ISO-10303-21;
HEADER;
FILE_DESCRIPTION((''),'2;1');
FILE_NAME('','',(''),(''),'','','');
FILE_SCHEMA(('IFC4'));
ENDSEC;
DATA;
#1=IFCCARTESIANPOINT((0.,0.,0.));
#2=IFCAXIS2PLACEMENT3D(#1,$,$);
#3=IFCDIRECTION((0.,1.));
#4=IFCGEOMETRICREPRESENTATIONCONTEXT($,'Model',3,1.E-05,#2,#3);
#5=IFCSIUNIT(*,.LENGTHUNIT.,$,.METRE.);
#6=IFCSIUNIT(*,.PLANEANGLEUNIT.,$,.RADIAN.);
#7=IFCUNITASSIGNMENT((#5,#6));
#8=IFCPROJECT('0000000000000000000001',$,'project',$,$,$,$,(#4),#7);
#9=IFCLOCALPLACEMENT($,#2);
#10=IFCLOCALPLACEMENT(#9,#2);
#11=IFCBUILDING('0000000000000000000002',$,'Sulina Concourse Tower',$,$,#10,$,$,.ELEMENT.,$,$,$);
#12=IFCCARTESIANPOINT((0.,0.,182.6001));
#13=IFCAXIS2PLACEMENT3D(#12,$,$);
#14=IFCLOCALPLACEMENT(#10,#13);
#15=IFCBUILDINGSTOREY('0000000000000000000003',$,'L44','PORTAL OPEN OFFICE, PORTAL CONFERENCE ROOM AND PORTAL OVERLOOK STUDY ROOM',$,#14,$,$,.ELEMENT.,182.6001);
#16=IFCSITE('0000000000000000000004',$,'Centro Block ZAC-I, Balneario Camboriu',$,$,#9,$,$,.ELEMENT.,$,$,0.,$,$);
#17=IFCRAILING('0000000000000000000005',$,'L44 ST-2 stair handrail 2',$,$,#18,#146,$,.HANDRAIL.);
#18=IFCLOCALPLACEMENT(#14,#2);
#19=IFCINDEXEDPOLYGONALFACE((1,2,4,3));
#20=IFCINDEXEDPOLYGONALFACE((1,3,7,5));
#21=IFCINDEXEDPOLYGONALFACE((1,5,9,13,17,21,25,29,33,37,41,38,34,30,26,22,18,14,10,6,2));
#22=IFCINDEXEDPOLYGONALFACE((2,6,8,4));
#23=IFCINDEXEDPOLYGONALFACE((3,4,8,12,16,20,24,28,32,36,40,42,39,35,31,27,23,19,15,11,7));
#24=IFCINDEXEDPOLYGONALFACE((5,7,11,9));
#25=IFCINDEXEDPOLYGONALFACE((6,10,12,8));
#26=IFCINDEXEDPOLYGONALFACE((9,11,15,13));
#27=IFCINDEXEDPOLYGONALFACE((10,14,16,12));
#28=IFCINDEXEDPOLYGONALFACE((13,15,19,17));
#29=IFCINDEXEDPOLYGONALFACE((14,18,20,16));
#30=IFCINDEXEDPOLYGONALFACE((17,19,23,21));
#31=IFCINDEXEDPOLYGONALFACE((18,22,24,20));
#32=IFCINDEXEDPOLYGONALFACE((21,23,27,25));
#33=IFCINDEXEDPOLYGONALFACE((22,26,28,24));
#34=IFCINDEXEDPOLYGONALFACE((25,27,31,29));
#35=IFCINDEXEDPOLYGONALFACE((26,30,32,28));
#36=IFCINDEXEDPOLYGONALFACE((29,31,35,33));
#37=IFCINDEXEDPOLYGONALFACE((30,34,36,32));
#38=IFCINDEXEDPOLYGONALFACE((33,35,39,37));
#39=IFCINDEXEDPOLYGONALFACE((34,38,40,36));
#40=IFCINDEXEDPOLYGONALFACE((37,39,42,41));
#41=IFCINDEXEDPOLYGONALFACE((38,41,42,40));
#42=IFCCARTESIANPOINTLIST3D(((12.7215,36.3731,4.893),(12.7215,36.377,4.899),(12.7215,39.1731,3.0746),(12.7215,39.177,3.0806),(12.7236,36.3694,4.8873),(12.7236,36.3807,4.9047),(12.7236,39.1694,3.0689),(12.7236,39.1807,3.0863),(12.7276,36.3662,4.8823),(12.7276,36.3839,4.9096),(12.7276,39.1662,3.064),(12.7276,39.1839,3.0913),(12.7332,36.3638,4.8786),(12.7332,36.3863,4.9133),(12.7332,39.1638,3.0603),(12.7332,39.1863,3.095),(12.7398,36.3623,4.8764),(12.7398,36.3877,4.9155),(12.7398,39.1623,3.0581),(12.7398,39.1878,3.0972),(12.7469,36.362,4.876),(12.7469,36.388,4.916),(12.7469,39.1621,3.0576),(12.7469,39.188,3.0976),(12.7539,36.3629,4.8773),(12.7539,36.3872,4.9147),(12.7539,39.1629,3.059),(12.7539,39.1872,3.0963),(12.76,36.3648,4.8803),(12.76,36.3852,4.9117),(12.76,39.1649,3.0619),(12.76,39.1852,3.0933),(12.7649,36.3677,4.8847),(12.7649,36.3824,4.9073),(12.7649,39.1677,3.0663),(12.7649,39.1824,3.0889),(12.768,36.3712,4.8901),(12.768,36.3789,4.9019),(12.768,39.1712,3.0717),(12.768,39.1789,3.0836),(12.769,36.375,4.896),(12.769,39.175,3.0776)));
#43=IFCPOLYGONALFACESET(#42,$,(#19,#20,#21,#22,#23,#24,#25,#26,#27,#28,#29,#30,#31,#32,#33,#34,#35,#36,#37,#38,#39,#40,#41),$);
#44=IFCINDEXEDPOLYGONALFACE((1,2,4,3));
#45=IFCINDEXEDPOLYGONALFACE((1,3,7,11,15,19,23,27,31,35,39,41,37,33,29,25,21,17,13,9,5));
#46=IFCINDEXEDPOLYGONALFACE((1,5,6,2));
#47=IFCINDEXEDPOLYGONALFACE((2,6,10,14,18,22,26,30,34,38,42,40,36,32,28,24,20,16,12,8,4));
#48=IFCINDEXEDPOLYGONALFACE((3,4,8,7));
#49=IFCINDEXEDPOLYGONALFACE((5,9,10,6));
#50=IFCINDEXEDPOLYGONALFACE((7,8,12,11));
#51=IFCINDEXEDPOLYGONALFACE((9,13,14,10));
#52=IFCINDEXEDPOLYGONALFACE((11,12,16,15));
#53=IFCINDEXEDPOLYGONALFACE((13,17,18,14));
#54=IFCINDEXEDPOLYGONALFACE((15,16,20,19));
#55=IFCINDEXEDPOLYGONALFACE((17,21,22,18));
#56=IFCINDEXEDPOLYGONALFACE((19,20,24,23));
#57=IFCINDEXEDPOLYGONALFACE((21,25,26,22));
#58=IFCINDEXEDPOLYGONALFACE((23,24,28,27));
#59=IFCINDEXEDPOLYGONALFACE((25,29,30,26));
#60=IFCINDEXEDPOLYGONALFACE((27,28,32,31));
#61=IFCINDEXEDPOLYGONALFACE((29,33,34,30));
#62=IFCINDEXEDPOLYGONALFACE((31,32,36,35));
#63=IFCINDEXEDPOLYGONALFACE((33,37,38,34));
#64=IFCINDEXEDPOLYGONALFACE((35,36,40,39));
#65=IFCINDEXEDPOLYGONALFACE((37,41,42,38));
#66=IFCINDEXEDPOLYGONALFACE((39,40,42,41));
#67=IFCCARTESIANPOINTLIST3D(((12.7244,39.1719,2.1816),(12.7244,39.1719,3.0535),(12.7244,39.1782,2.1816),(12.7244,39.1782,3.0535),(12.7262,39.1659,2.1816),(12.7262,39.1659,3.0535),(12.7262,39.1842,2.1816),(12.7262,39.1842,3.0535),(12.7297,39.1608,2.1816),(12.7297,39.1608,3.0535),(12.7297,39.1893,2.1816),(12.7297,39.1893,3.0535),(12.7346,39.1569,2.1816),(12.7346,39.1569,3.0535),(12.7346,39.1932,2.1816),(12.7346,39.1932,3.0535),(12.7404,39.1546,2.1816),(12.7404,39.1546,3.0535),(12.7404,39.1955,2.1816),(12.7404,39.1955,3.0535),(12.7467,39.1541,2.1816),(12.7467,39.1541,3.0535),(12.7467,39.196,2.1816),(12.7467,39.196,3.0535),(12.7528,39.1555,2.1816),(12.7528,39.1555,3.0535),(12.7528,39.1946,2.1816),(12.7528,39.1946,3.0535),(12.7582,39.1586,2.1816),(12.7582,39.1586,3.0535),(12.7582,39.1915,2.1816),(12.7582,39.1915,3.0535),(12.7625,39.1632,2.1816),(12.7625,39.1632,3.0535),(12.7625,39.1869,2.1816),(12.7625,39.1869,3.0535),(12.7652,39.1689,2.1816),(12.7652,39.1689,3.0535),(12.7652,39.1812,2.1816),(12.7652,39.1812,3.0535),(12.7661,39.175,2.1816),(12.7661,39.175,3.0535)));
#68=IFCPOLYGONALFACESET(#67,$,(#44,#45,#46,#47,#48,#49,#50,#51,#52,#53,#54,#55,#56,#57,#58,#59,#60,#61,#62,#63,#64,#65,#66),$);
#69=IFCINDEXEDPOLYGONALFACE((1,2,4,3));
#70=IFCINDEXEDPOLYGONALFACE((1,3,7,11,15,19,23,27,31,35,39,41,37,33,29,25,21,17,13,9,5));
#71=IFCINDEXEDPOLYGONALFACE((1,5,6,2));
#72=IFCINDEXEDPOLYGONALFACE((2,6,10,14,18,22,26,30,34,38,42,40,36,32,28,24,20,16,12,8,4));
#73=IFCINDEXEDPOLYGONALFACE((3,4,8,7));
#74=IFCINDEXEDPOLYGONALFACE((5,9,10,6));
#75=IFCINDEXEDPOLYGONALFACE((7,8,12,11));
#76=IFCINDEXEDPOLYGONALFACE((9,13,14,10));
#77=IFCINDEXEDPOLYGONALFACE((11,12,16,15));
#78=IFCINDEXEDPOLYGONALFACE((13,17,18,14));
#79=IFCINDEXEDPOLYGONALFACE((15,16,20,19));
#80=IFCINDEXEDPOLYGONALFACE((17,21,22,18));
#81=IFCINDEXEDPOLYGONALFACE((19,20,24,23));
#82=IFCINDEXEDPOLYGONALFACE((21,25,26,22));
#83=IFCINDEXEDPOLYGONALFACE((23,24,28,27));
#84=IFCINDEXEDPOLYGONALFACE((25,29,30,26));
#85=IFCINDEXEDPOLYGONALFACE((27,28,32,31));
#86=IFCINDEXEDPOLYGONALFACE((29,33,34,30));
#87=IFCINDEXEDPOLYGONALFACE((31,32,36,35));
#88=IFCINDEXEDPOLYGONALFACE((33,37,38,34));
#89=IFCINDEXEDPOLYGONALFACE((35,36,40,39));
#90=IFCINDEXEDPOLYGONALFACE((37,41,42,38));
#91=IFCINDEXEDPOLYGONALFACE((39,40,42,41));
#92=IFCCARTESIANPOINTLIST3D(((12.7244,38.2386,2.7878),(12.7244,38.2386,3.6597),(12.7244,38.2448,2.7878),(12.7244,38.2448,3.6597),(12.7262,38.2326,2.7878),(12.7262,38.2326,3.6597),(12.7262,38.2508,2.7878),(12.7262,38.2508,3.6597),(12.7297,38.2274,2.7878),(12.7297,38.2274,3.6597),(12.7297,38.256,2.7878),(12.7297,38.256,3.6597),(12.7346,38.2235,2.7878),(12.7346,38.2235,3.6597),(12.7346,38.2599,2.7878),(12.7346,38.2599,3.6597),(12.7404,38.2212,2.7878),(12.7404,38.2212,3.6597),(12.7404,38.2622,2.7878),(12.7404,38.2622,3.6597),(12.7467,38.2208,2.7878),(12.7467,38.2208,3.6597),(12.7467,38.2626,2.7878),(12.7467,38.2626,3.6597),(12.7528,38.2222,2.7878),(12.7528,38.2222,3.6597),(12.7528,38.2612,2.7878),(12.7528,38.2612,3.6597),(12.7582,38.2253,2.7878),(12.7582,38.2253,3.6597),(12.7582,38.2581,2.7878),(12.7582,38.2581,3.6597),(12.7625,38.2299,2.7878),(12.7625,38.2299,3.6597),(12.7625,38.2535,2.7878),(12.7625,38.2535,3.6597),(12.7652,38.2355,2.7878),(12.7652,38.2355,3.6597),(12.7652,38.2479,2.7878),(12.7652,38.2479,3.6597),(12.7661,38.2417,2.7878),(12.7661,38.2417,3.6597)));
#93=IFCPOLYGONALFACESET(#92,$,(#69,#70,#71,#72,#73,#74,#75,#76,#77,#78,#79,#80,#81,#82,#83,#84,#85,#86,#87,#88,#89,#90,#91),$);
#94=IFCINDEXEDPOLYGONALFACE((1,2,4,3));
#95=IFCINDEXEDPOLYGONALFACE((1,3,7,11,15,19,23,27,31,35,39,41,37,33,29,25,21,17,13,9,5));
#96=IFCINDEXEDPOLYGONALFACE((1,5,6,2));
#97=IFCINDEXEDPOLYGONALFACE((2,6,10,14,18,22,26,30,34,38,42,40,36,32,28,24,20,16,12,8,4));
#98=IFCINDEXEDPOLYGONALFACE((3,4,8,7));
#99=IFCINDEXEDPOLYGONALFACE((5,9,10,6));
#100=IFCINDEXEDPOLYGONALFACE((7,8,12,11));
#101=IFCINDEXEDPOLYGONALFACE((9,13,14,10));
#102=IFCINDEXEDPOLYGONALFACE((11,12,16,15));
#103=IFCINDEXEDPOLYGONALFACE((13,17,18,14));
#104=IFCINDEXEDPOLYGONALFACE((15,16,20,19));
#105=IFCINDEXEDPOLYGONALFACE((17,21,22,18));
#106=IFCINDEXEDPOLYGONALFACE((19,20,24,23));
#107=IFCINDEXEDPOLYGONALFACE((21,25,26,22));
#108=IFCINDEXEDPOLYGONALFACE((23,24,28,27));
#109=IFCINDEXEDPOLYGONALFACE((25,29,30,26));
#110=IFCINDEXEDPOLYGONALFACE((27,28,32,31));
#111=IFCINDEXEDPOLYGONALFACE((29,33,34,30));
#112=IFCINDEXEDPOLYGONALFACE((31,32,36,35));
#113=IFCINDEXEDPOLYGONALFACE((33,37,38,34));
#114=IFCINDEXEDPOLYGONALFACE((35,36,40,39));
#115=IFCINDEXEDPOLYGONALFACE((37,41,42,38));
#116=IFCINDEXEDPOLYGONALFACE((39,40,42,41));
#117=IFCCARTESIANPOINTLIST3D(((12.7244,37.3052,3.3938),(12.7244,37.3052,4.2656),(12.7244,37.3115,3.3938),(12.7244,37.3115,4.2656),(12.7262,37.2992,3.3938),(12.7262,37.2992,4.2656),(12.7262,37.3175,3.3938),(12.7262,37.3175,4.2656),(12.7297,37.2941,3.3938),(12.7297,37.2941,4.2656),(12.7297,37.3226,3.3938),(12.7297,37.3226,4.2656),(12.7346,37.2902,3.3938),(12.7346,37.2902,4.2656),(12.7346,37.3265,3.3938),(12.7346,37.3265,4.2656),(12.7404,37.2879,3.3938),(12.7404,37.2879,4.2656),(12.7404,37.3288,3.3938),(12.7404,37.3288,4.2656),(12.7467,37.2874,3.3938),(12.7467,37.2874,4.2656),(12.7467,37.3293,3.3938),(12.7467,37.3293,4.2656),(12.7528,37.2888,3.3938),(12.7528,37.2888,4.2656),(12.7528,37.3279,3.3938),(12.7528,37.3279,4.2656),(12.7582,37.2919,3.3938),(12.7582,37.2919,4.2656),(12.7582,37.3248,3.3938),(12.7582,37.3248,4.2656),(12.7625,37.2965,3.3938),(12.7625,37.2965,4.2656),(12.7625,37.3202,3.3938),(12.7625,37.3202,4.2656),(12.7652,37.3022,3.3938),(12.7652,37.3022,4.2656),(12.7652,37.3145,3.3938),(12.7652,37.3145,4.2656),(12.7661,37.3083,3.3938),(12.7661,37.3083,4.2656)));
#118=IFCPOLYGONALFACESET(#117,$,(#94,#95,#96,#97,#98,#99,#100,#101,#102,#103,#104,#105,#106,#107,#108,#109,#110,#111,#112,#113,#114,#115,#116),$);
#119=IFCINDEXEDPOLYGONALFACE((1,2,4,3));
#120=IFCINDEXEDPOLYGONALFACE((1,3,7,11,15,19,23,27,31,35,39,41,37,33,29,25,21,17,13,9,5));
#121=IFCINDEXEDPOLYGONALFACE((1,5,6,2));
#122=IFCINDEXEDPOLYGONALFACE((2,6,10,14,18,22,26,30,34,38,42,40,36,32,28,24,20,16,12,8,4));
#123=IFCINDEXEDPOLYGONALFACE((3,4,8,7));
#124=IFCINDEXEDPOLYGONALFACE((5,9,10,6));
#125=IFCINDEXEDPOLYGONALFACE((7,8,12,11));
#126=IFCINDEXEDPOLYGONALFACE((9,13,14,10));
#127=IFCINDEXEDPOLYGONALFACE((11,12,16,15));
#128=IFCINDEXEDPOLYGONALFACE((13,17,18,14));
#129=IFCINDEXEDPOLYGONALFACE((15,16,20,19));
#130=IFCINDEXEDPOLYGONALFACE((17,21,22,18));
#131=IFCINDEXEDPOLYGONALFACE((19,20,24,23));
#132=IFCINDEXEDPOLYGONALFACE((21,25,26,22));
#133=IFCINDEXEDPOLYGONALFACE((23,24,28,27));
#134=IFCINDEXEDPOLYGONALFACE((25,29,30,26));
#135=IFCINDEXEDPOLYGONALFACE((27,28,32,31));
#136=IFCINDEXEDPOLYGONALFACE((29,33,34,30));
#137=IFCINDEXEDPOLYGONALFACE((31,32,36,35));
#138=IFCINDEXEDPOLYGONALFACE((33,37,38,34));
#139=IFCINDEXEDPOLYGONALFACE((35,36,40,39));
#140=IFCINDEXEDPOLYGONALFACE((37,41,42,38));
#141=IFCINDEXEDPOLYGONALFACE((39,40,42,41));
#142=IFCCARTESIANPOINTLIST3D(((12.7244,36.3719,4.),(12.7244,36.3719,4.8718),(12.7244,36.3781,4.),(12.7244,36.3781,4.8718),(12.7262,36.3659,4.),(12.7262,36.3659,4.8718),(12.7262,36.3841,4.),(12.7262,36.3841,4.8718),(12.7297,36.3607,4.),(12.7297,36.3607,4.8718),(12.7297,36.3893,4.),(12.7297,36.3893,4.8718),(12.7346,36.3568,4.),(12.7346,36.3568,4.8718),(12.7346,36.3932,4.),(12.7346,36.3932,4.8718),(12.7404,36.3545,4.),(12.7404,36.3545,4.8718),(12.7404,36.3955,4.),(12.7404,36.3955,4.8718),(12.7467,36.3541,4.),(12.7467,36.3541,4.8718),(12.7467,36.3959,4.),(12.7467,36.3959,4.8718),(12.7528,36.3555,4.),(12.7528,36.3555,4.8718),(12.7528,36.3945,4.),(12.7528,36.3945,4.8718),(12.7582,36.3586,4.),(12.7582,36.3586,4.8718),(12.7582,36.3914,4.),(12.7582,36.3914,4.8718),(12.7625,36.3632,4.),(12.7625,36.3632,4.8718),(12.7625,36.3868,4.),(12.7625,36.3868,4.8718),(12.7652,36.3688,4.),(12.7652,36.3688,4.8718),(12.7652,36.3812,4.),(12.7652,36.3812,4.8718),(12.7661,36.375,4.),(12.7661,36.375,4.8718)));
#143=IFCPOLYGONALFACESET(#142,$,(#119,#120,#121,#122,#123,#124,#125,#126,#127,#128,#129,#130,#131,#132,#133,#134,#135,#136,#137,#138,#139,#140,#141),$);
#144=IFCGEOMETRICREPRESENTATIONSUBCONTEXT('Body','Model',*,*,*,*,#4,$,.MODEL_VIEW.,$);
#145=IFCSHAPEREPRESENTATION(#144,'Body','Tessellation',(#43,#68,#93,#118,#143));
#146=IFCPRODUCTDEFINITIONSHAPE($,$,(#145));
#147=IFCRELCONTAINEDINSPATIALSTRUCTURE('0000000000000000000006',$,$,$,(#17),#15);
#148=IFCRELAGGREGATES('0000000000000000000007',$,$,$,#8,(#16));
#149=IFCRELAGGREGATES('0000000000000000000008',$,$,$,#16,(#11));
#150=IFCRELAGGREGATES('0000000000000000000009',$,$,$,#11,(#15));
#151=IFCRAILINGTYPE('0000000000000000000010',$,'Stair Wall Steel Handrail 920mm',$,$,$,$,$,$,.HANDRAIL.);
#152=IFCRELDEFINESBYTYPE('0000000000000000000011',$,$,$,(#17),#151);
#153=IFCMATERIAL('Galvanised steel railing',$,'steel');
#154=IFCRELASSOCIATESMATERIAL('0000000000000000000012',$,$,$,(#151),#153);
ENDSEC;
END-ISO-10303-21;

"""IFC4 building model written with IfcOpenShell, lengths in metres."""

from ifc_helpers import new_model, si_unit, direction, frame, origin, origin_2d, place, context, subcontext, project, spatial, circle, extrude, material, type_object, element, save


model = new_model("IFC4")

# Units and contexts
model_context = context("Model", 3, precision=1e-05, world=origin(), true_north=direction((0.0, 1.0)))
body_context = subcontext(model_context, "Body", "Model", "MODEL_VIEW")
ifc_project = project(units=[si_unit("LENGTHUNIT", "METRE"), si_unit("PLANEANGLEUNIT", "RADIAN")], contexts=[model_context])

# Site, building, storey
site_placement = place(None, origin())
site = spatial("IfcSite", under=ifc_project, at=site_placement, Name="Centro Block ZAC-I, Balneario Camboriu", CompositionType="ELEMENT", RefElevation=0.0)
building_placement = place(site_placement, origin())
building = spatial("IfcBuilding", under=site, at=building_placement, Name="Sulina Concourse Tower", CompositionType="ELEMENT")
storey_placement = place(building_placement, frame((0.0, 0.0, 182.6001)))
storey = spatial("IfcBuildingStorey", under=building, at=storey_placement, Name="L44", Description="PORTAL OPEN OFFICE, PORTAL CONFERENCE ROOM AND PORTAL OVERLOOK STUDY ROOM", CompositionType="ELEMENT", Elevation=182.6001)

# Railing
ifc_material_1 = material(Name="Galvanised steel railing", Category="steel")
railing_type_1 = type_object("IfcRailingType", Name="Stair Wall Steel Handrail 920mm", PredefinedType="HANDRAIL", material=ifc_material_1)
railing_1_placement = place(storey_placement, frame((12.7451, 39.175, 2.1816)))
element("IfcRailing", 1, at=railing_1_placement, inside=storey, type_object=railing_type_1, Name="L44 ST-2 stair handrail 2", PredefinedType="HANDRAIL", context=body_context, shape_type="SweptSolid", body=[
    extrude(circle(Radius=0.0239, at=origin_2d()), frame((0.0, 0.0, 0.896), z_axis=(0.0, -0.838672, 0.544636), x_axis=(1.0, 0.0, 0.0)), (0.0, 0.0, 1.0), 3.3386),
    extrude(circle(Radius=0.021, at=origin_2d()), origin(), (0.0, 0.0, 1.0), 0.8718),
    extrude(circle(Radius=0.021, at=origin_2d()), frame((0.0, -0.9333, 0.6062)), (0.0, 0.0, 1.0), 0.8718),
    extrude(circle(Radius=0.021, at=origin_2d()), frame((0.0, -1.8667, 1.2122)), (0.0, 0.0, 1.0), 0.8718),
    extrude(circle(Radius=0.021, at=origin_2d()), frame((0.0, -2.8, 1.8184)), (0.0, 0.0, 1.0), 0.8718),
])

save(model, "model.ifc")
